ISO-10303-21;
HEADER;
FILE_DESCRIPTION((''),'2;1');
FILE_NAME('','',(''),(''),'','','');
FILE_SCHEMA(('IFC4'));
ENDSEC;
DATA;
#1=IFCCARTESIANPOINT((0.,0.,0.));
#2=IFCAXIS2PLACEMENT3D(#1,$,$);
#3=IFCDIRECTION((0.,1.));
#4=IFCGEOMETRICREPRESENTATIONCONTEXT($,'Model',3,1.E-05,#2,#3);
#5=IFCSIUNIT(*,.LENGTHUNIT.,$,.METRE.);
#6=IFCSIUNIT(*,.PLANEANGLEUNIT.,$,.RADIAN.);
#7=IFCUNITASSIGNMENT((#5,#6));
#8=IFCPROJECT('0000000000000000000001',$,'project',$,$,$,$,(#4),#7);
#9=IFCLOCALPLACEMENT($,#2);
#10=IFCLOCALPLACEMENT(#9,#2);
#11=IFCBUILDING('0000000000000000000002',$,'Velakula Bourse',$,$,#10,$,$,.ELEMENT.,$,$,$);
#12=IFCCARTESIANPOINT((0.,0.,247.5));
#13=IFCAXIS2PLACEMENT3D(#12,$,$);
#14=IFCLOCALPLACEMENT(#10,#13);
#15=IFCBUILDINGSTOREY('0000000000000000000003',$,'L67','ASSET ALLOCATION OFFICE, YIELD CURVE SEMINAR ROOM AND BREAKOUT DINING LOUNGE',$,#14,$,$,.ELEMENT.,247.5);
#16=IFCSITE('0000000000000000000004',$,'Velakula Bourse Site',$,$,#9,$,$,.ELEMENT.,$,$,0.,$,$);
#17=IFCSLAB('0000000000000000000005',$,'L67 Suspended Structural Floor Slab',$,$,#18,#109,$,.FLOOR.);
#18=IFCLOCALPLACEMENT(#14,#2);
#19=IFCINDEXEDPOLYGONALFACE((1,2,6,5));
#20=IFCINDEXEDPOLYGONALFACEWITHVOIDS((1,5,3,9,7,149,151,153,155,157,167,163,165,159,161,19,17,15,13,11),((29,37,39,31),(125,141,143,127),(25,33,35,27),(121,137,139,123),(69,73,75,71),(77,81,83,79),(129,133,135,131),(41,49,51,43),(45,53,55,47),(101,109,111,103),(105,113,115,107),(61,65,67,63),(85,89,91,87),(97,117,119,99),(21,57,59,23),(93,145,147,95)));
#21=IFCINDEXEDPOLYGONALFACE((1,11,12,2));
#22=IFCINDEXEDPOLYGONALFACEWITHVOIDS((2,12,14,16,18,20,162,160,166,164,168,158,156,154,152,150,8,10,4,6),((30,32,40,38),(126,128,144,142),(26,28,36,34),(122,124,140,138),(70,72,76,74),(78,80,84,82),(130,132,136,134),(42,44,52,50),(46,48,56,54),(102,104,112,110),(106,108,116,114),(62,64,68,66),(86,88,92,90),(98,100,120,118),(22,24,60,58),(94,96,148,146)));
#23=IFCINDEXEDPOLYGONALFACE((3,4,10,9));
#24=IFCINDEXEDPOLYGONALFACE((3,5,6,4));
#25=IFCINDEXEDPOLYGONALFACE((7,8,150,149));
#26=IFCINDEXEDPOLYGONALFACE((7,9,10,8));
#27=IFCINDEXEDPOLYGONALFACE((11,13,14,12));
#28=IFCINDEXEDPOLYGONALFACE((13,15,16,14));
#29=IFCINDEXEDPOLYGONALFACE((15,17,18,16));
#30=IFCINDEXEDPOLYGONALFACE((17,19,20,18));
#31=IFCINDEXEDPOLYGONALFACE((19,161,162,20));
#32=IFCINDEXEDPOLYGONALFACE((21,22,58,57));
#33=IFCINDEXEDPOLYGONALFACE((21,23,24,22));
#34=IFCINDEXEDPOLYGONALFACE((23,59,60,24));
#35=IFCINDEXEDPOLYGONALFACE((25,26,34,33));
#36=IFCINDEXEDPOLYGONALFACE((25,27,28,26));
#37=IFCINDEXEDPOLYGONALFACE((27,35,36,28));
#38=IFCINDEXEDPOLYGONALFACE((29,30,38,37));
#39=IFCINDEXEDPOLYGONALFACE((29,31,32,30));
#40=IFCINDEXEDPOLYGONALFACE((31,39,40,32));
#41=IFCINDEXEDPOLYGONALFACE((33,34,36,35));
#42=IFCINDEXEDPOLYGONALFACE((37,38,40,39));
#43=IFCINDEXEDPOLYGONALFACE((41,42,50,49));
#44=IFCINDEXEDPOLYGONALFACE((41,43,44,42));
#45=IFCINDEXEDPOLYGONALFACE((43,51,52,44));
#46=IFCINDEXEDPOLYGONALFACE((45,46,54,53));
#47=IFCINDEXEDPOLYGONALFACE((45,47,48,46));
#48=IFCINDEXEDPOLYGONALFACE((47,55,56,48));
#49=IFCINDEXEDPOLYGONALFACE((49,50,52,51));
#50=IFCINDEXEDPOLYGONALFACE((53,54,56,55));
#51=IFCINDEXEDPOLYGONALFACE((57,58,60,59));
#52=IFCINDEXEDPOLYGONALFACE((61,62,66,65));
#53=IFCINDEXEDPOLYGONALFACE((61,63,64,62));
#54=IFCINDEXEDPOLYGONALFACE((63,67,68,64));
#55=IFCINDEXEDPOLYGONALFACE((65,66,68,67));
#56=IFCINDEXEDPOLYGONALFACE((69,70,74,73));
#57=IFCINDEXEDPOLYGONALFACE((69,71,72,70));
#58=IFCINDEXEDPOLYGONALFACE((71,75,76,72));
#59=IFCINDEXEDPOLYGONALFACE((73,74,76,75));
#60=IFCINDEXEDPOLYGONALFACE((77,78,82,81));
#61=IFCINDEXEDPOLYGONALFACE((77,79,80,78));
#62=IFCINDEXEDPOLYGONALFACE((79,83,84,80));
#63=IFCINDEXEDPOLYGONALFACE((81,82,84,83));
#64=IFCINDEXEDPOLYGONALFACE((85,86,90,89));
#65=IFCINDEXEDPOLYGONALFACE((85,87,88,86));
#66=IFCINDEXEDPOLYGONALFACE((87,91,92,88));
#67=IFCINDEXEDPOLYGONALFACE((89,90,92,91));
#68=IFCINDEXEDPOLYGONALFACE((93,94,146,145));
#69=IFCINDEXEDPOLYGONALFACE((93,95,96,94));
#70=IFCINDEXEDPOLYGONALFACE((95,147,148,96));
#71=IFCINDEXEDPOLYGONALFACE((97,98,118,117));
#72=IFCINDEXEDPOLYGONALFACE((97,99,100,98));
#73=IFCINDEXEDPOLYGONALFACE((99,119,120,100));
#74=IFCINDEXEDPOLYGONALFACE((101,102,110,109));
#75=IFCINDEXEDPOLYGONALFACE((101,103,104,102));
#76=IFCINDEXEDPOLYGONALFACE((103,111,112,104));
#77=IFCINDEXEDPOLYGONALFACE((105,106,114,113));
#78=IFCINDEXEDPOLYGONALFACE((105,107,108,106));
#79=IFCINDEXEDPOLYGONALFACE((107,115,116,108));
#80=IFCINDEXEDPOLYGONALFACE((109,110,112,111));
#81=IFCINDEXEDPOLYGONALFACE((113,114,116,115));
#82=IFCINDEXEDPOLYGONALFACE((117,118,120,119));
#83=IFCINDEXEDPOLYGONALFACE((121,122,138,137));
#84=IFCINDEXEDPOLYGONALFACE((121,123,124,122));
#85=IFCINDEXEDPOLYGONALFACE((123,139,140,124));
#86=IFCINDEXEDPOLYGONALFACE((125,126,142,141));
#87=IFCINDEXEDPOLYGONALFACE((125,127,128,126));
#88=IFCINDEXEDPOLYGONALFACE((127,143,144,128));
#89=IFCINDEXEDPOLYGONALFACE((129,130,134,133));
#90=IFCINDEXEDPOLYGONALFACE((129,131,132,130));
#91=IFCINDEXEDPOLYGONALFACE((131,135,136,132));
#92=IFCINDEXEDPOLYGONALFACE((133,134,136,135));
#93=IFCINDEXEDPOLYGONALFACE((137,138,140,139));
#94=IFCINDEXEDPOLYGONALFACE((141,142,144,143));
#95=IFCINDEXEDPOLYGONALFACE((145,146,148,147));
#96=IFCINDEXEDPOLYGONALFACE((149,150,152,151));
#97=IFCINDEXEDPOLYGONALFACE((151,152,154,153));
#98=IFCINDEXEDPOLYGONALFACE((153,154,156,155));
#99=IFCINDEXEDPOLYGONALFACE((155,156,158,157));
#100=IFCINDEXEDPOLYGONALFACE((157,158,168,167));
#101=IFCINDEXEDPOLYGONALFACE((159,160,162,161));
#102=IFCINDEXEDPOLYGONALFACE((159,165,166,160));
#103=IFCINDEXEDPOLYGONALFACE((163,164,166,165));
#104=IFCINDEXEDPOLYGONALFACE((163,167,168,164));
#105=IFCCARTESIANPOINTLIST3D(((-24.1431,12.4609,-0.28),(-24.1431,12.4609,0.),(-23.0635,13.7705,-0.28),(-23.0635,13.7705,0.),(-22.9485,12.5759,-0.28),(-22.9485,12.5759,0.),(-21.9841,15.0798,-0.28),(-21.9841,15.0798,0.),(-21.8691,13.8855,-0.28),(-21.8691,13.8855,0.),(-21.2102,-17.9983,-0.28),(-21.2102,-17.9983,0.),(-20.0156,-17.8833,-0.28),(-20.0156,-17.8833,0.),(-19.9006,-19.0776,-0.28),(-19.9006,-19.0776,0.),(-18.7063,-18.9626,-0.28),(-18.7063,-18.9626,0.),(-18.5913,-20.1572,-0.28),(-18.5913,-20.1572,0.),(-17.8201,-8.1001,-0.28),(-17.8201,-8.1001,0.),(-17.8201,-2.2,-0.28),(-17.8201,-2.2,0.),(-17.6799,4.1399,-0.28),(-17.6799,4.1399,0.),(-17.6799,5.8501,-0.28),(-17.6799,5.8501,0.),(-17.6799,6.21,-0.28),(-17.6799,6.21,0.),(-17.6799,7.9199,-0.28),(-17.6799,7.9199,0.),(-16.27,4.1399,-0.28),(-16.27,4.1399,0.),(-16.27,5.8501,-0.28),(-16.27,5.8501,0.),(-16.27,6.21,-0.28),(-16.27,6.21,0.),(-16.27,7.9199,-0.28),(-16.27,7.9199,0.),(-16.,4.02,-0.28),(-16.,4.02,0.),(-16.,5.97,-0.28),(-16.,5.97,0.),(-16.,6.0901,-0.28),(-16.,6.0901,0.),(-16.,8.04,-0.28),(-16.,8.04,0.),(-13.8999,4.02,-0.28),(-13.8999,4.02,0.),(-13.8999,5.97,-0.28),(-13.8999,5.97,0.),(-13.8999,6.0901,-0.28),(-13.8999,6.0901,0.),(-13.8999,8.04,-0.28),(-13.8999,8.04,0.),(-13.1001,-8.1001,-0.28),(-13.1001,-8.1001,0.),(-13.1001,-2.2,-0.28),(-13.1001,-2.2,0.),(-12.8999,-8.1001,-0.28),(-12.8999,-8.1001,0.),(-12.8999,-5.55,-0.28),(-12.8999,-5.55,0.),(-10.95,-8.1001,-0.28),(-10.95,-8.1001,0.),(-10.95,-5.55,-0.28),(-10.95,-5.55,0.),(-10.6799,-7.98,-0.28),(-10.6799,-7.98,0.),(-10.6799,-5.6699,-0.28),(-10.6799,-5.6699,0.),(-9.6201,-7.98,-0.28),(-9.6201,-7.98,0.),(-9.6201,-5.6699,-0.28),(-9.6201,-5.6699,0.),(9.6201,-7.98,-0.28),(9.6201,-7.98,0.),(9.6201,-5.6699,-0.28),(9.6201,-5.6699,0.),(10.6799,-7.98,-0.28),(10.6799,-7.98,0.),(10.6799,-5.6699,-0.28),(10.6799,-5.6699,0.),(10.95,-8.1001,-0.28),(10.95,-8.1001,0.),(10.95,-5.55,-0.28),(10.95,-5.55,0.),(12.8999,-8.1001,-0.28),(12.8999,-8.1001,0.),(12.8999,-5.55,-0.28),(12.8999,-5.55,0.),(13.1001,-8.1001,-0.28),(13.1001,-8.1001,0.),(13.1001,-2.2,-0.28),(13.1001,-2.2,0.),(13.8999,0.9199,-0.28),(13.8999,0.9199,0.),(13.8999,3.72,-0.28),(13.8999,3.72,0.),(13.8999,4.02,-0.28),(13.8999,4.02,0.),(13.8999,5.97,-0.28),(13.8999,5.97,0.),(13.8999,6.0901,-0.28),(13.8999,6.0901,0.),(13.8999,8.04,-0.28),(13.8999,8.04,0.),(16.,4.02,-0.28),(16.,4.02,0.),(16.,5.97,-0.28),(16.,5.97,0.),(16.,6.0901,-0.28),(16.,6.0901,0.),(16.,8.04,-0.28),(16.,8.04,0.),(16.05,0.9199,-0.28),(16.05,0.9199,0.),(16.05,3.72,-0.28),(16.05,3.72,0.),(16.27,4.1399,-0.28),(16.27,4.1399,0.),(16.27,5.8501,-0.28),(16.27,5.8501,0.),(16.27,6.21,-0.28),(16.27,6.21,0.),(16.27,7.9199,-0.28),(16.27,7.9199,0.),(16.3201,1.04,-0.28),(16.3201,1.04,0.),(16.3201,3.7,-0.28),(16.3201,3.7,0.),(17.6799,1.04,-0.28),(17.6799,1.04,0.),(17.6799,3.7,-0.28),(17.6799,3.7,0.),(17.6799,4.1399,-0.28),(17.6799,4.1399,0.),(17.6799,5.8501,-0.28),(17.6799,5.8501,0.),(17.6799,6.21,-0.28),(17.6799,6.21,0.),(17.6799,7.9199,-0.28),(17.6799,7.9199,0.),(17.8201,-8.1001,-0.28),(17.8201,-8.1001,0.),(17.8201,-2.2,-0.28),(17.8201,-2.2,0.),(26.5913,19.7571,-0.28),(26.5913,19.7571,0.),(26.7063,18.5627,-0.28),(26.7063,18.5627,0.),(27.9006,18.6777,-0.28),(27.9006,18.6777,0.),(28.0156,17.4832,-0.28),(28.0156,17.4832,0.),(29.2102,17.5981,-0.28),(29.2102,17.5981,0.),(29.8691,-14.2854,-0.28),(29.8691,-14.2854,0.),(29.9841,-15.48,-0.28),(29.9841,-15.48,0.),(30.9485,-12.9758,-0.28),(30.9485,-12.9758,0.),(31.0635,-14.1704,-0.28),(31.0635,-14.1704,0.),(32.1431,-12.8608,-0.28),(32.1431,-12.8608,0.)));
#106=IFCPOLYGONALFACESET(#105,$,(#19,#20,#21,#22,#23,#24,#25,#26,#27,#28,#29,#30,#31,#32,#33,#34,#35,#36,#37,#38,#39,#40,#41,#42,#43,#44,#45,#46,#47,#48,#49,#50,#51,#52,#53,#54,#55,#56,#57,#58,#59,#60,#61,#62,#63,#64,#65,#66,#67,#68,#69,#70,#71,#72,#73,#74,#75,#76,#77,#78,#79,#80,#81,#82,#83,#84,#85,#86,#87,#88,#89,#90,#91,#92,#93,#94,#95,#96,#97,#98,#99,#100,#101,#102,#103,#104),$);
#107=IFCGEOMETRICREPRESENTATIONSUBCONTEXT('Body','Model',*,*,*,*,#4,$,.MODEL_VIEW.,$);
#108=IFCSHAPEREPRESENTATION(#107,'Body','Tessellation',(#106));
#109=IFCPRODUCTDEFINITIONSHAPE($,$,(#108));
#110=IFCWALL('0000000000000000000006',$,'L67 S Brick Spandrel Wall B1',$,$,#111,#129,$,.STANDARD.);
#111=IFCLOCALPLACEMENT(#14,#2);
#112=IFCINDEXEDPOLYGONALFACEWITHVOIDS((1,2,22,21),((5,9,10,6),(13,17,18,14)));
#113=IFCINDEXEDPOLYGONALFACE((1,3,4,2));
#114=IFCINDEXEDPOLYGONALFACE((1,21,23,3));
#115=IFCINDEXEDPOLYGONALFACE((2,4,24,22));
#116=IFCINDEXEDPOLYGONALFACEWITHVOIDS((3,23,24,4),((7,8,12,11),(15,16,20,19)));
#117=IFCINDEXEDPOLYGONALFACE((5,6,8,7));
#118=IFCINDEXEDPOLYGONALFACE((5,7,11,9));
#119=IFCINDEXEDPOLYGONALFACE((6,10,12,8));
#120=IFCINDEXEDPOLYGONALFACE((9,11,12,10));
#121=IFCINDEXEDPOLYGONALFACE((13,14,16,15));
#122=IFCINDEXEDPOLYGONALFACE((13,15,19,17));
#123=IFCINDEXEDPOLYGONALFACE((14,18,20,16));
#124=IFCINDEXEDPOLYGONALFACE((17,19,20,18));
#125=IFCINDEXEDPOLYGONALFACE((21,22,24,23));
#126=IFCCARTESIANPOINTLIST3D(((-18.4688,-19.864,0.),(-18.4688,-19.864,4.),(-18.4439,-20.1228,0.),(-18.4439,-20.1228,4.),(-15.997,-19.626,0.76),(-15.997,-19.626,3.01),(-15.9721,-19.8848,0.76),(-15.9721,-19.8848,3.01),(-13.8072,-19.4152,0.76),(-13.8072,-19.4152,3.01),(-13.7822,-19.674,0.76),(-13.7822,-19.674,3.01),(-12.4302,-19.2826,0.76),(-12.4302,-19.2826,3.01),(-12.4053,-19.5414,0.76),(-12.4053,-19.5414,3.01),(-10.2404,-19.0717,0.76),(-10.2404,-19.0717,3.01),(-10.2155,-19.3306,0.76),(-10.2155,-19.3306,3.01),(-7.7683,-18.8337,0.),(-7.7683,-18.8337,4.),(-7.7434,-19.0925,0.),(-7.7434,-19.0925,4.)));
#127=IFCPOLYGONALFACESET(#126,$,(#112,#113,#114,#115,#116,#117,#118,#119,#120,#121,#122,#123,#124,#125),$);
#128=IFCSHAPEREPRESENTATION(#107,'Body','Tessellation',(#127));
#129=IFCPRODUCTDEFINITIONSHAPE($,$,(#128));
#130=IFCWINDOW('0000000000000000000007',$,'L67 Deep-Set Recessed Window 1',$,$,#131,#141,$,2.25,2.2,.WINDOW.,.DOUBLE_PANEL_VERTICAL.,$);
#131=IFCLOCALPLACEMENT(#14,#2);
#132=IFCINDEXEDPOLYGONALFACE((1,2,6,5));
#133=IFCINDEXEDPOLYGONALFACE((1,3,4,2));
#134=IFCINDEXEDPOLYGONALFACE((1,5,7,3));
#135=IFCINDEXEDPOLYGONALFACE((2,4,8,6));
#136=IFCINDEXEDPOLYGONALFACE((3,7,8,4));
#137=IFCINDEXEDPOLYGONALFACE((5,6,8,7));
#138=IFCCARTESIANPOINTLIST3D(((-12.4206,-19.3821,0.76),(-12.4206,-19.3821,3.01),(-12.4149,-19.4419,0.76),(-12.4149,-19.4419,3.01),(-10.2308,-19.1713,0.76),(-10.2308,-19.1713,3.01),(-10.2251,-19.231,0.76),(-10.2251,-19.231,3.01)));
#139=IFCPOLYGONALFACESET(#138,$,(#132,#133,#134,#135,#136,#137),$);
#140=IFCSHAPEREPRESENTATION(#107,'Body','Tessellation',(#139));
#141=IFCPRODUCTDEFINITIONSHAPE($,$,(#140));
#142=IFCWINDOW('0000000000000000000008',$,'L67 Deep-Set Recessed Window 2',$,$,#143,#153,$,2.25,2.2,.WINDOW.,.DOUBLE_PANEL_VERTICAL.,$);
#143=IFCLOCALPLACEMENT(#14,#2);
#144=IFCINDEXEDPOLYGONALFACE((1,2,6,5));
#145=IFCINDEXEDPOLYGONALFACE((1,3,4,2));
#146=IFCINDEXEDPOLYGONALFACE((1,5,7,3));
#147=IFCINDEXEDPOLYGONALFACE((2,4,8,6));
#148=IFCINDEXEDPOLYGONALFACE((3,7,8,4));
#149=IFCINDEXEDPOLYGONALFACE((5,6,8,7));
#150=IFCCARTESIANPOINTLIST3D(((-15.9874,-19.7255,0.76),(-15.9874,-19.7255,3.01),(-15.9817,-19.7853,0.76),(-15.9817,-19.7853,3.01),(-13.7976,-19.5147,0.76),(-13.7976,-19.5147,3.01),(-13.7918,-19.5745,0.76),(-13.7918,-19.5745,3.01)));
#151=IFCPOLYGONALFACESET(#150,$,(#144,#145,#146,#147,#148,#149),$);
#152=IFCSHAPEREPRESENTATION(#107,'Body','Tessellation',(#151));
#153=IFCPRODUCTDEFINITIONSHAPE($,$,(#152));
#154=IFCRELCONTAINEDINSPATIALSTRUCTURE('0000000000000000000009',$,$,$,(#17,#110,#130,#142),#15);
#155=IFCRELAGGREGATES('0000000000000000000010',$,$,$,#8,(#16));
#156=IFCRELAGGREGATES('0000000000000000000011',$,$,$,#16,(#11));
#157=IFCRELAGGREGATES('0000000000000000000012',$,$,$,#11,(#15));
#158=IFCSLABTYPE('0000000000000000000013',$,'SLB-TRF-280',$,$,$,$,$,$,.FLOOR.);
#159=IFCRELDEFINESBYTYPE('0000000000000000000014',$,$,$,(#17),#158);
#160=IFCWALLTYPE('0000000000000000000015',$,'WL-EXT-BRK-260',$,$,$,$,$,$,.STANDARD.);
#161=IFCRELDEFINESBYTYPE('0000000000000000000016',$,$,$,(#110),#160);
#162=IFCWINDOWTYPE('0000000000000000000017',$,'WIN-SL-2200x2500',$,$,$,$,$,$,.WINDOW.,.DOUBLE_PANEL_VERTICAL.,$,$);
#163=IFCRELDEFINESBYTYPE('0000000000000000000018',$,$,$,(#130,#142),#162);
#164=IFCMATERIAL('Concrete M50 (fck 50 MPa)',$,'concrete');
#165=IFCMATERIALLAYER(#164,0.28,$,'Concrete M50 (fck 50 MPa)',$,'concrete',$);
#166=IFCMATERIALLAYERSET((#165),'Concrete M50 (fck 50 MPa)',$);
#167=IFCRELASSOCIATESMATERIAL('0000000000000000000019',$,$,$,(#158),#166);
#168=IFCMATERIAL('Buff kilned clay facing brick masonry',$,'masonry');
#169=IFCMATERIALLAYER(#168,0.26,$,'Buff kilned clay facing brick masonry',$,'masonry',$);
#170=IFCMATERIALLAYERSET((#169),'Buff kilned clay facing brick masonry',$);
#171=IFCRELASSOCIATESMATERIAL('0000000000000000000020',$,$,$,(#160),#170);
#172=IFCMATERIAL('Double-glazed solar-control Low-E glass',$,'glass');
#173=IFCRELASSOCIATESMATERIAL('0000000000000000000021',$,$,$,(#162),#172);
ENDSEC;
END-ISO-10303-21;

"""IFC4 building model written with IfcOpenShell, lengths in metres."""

from ifc_helpers import new_model, si_unit, direction, frame, frame_2d, origin, place, context, subcontext, project, spatial, polyline, rectangle, outline, extrude, material, layer, layer_set, type_object, element, fill, save


model = new_model("IFC4")

# Units and contexts
model_context = context("Model", 3, precision=1e-05, world=origin(), true_north=direction((0.0, 1.0)))
body_context = subcontext(model_context, "Body", "Model", "MODEL_VIEW")
ifc_project = project(units=[si_unit("LENGTHUNIT", "METRE"), si_unit("PLANEANGLEUNIT", "RADIAN")], contexts=[model_context])

# Site, building, storey
site_placement = place(None, origin())
site = spatial("IfcSite", under=ifc_project, at=site_placement, Name="Velakula Bourse Site", CompositionType="ELEMENT", RefElevation=0.0)
building_placement = place(site_placement, origin())
building = spatial("IfcBuilding", under=site, at=building_placement, Name="Velakula Bourse", CompositionType="ELEMENT")
storey_placement = place(building_placement, frame((0.0, 0.0, 247.5)))
storey = spatial("IfcBuildingStorey", under=building, at=storey_placement, Name="L67", Description="ASSET ALLOCATION OFFICE, YIELD CURVE SEMINAR ROOM AND BREAKOUT DINING LOUNGE", CompositionType="ELEMENT", Elevation=247.5)

# Shared definitions
ifc_material_1 = material(Name="Concrete M50 (fck 50 MPa)", Category="concrete")

# Slab
ifc_layer_1 = layer(ifc_material_1, 0.28, Name="Concrete M50 (fck 50 MPa)", Category="concrete")
ifc_layer_set_1 = layer_set([ifc_layer_1], Name="Concrete M50 (fck 50 MPa)")
slab_type_1 = type_object("IfcSlabType", Name="SLB-TRF-280", PredefinedType="FLOOR", material=ifc_layer_set_1)
slab_1_placement = place(storey_placement, frame((0.0, 0.0, -0.28)))
element("IfcSlab", 1, at=slab_1_placement, inside=storey, type_object=slab_type_1, Name="L67 Suspended Structural Floor Slab", PredefinedType="FLOOR", context=body_context, shape_type="SweptSolid", body=[
    extrude(outline(polyline([(-18.5913, -20.1572), (29.9841, -15.48), (29.8691, -14.2854), (31.0635, -14.1704), (30.9485, -12.9758), (32.1431, -12.8608), (29.2102, 17.5981), (28.0156, 17.4832), (27.9006, 18.6777), (26.7063, 18.5627), (26.5913, 19.7571), (-21.9841, 15.0798), (-21.8691, 13.8855), (-23.0635, 13.7705), (-22.9485, 12.5759), (-24.1431, 12.4609), (-21.2102, -17.9983), (-20.0156, -17.8833), (-19.9006, -19.0776), (-18.7063, -18.9626), (-18.5913, -20.1572)]), holes=[polyline([(-17.8201, -8.1001), (-13.1001, -8.1001), (-13.1001, -2.2), (-17.8201, -2.2), (-17.8201, -8.1001)]), polyline([(13.1001, -8.1001), (17.8201, -8.1001), (17.8201, -2.2), (13.1001, -2.2), (13.1001, -8.1001)]), polyline([(-12.8999, -8.1001), (-10.95, -8.1001), (-10.95, -5.55), (-12.8999, -5.55), (-12.8999, -8.1001)]), polyline([(10.95, -8.1001), (12.8999, -8.1001), (12.8999, -5.55), (10.95, -5.55), (10.95, -8.1001)]), polyline([(13.8999, 0.9199), (16.05, 0.9199), (16.05, 3.72), (13.8999, 3.72), (13.8999, 0.9199)]), polyline([(-10.6799, -7.98), (-9.6201, -7.98), (-9.6201, -5.6699), (-10.6799, -5.6699), (-10.6799, -7.98)]), polyline([(-17.6799, 4.1399), (-16.27, 4.1399), (-16.27, 5.8501), (-17.6799, 5.8501), (-17.6799, 4.1399)]), polyline([(-17.6799, 6.21), (-16.27, 6.21), (-16.27, 7.9199), (-17.6799, 7.9199), (-17.6799, 6.21)]), polyline([(9.6201, -7.98), (10.6799, -7.98), (10.6799, -5.6699), (9.6201, -5.6699), (9.6201, -7.98)]), polyline([(16.27, 4.1399), (17.6799, 4.1399), (17.6799, 5.8501), (16.27, 5.8501), (16.27, 4.1399)]), polyline([(16.27, 6.21), (17.6799, 6.21), (17.6799, 7.9199), (16.27, 7.9199), (16.27, 6.21)]), polyline([(16.3201, 1.04), (17.6799, 1.04), (17.6799, 3.7), (16.3201, 3.7), (16.3201, 1.04)]), polyline([(-16.0, 4.02), (-13.8999, 4.02), (-13.8999, 5.97), (-16.0, 5.97), (-16.0, 4.02)]), polyline([(-16.0, 6.0901), (-13.8999, 6.0901), (-13.8999, 8.04), (-16.0, 8.04), (-16.0, 6.0901)]), polyline([(13.8999, 4.02), (16.0, 4.02), (16.0, 5.97), (13.8999, 5.97), (13.8999, 4.02)]), polyline([(13.8999, 6.0901), (16.0, 6.0901), (16.0, 8.04), (13.8999, 8.04), (13.8999, 6.0901)])]), origin(), (0.0, 0.0, 1.0), 0.28),
])

# Wall, openings, windows
ifc_material_2 = material(Name="Buff kilned clay facing brick masonry", Category="masonry")
ifc_layer_2 = layer(ifc_material_2, 0.26, Name="Buff kilned clay facing brick masonry", Category="masonry")
ifc_layer_set_2 = layer_set([ifc_layer_2], Name="Buff kilned clay facing brick masonry")
wall_type_1 = type_object("IfcWallType", Name="WL-EXT-BRK-260", PredefinedType="STANDARD", material=ifc_layer_set_2)
wall_1_placement = place(storey_placement, frame((-7.7559, -18.9631, 0.0), z_axis=(0.0, 0.0, 1.0), x_axis=(-0.995397, -0.09584, 0.0)))
wall_1 = element("IfcWall", 2, at=wall_1_placement, inside=storey, type_object=wall_type_1, Name="L67 S Brick Spandrel Wall B1", PredefinedType="STANDARD", context=body_context, shape_type="SweptSolid", body=[
    extrude(rectangle(XDim=10.75, YDim=0.26, at=frame_2d((5.375, 0.0))), origin(), (0.0, 0.0, 1.0), 4.0),
])
opening_1_placement = place(wall_1_placement, frame((2.4834, 0.0, 0.76)))
opening_1 = element("IfcOpeningElement", 3, at=opening_1_placement, cuts=wall_1, PredefinedType="OPENING", context=body_context, shape_type="SweptSolid", body=[
    extrude(rectangle(XDim=2.2, YDim=2.25, at=frame_2d((1.1001, 1.125))), frame((0.0, 0.1399, 0.0), z_axis=(0.0, -1.0, 0.0), x_axis=(1.0, 0.0, 0.0)), (0.0, 0.0, 1.0), 0.28),
])
opening_2_placement = place(wall_1_placement, frame((6.0667, 0.0, 0.76)))
opening_2 = element("IfcOpeningElement", 4, at=opening_2_placement, cuts=wall_1, PredefinedType="OPENING", context=body_context, shape_type="SweptSolid", body=[
    extrude(rectangle(XDim=2.2, YDim=2.25, at=frame_2d((1.1001, 1.125))), frame((0.0, 0.1399, 0.0), z_axis=(0.0, -1.0, 0.0), x_axis=(1.0, 0.0, 0.0)), (0.0, 0.0, 1.0), 0.28),
])
ifc_material_3 = material(Name="Double-glazed solar-control Low-E glass", Category="glass")
window_type = type_object("IfcWindowType", Name="WIN-SL-2200x2500", PartitioningType="DOUBLE_PANEL_VERTICAL", PredefinedType="WINDOW", material=ifc_material_3)
window_1_placement = place(opening_1_placement, origin())
window_1 = element("IfcWindow", 5, at=window_1_placement, inside=storey, type_object=window_type, Name="L67 Deep-Set Recessed Window 1", OverallHeight=2.25, OverallWidth=2.2, PartitioningType="DOUBLE_PANEL_VERTICAL", PredefinedType="WINDOW", context=body_context, shape_type="SweptSolid", body=[
    extrude(rectangle(XDim=2.2, YDim=2.25, at=frame_2d((1.1001, 1.125))), frame((0.0, 0.03, 0.0), z_axis=(0.0, -1.0, 0.0), x_axis=(1.0, 0.0, 0.0)), (0.0, 0.0, 1.0), 0.0601),
])
fill(opening_1, window_1)
window_2_placement = place(opening_2_placement, origin())
window_2 = element("IfcWindow", 6, at=window_2_placement, inside=storey, type_object=window_type, Name="L67 Deep-Set Recessed Window 2", OverallHeight=2.25, OverallWidth=2.2, PartitioningType="DOUBLE_PANEL_VERTICAL", PredefinedType="WINDOW", context=body_context, shape_type="SweptSolid", body=[
    extrude(rectangle(XDim=2.2, YDim=2.25, at=frame_2d((1.1001, 1.125))), frame((0.0, 0.03, 0.0), z_axis=(0.0, -1.0, 0.0), x_axis=(1.0, 0.0, 0.0)), (0.0, 0.0, 1.0), 0.0601),
])
fill(opening_2, window_2)

save(model, "model.ifc")
